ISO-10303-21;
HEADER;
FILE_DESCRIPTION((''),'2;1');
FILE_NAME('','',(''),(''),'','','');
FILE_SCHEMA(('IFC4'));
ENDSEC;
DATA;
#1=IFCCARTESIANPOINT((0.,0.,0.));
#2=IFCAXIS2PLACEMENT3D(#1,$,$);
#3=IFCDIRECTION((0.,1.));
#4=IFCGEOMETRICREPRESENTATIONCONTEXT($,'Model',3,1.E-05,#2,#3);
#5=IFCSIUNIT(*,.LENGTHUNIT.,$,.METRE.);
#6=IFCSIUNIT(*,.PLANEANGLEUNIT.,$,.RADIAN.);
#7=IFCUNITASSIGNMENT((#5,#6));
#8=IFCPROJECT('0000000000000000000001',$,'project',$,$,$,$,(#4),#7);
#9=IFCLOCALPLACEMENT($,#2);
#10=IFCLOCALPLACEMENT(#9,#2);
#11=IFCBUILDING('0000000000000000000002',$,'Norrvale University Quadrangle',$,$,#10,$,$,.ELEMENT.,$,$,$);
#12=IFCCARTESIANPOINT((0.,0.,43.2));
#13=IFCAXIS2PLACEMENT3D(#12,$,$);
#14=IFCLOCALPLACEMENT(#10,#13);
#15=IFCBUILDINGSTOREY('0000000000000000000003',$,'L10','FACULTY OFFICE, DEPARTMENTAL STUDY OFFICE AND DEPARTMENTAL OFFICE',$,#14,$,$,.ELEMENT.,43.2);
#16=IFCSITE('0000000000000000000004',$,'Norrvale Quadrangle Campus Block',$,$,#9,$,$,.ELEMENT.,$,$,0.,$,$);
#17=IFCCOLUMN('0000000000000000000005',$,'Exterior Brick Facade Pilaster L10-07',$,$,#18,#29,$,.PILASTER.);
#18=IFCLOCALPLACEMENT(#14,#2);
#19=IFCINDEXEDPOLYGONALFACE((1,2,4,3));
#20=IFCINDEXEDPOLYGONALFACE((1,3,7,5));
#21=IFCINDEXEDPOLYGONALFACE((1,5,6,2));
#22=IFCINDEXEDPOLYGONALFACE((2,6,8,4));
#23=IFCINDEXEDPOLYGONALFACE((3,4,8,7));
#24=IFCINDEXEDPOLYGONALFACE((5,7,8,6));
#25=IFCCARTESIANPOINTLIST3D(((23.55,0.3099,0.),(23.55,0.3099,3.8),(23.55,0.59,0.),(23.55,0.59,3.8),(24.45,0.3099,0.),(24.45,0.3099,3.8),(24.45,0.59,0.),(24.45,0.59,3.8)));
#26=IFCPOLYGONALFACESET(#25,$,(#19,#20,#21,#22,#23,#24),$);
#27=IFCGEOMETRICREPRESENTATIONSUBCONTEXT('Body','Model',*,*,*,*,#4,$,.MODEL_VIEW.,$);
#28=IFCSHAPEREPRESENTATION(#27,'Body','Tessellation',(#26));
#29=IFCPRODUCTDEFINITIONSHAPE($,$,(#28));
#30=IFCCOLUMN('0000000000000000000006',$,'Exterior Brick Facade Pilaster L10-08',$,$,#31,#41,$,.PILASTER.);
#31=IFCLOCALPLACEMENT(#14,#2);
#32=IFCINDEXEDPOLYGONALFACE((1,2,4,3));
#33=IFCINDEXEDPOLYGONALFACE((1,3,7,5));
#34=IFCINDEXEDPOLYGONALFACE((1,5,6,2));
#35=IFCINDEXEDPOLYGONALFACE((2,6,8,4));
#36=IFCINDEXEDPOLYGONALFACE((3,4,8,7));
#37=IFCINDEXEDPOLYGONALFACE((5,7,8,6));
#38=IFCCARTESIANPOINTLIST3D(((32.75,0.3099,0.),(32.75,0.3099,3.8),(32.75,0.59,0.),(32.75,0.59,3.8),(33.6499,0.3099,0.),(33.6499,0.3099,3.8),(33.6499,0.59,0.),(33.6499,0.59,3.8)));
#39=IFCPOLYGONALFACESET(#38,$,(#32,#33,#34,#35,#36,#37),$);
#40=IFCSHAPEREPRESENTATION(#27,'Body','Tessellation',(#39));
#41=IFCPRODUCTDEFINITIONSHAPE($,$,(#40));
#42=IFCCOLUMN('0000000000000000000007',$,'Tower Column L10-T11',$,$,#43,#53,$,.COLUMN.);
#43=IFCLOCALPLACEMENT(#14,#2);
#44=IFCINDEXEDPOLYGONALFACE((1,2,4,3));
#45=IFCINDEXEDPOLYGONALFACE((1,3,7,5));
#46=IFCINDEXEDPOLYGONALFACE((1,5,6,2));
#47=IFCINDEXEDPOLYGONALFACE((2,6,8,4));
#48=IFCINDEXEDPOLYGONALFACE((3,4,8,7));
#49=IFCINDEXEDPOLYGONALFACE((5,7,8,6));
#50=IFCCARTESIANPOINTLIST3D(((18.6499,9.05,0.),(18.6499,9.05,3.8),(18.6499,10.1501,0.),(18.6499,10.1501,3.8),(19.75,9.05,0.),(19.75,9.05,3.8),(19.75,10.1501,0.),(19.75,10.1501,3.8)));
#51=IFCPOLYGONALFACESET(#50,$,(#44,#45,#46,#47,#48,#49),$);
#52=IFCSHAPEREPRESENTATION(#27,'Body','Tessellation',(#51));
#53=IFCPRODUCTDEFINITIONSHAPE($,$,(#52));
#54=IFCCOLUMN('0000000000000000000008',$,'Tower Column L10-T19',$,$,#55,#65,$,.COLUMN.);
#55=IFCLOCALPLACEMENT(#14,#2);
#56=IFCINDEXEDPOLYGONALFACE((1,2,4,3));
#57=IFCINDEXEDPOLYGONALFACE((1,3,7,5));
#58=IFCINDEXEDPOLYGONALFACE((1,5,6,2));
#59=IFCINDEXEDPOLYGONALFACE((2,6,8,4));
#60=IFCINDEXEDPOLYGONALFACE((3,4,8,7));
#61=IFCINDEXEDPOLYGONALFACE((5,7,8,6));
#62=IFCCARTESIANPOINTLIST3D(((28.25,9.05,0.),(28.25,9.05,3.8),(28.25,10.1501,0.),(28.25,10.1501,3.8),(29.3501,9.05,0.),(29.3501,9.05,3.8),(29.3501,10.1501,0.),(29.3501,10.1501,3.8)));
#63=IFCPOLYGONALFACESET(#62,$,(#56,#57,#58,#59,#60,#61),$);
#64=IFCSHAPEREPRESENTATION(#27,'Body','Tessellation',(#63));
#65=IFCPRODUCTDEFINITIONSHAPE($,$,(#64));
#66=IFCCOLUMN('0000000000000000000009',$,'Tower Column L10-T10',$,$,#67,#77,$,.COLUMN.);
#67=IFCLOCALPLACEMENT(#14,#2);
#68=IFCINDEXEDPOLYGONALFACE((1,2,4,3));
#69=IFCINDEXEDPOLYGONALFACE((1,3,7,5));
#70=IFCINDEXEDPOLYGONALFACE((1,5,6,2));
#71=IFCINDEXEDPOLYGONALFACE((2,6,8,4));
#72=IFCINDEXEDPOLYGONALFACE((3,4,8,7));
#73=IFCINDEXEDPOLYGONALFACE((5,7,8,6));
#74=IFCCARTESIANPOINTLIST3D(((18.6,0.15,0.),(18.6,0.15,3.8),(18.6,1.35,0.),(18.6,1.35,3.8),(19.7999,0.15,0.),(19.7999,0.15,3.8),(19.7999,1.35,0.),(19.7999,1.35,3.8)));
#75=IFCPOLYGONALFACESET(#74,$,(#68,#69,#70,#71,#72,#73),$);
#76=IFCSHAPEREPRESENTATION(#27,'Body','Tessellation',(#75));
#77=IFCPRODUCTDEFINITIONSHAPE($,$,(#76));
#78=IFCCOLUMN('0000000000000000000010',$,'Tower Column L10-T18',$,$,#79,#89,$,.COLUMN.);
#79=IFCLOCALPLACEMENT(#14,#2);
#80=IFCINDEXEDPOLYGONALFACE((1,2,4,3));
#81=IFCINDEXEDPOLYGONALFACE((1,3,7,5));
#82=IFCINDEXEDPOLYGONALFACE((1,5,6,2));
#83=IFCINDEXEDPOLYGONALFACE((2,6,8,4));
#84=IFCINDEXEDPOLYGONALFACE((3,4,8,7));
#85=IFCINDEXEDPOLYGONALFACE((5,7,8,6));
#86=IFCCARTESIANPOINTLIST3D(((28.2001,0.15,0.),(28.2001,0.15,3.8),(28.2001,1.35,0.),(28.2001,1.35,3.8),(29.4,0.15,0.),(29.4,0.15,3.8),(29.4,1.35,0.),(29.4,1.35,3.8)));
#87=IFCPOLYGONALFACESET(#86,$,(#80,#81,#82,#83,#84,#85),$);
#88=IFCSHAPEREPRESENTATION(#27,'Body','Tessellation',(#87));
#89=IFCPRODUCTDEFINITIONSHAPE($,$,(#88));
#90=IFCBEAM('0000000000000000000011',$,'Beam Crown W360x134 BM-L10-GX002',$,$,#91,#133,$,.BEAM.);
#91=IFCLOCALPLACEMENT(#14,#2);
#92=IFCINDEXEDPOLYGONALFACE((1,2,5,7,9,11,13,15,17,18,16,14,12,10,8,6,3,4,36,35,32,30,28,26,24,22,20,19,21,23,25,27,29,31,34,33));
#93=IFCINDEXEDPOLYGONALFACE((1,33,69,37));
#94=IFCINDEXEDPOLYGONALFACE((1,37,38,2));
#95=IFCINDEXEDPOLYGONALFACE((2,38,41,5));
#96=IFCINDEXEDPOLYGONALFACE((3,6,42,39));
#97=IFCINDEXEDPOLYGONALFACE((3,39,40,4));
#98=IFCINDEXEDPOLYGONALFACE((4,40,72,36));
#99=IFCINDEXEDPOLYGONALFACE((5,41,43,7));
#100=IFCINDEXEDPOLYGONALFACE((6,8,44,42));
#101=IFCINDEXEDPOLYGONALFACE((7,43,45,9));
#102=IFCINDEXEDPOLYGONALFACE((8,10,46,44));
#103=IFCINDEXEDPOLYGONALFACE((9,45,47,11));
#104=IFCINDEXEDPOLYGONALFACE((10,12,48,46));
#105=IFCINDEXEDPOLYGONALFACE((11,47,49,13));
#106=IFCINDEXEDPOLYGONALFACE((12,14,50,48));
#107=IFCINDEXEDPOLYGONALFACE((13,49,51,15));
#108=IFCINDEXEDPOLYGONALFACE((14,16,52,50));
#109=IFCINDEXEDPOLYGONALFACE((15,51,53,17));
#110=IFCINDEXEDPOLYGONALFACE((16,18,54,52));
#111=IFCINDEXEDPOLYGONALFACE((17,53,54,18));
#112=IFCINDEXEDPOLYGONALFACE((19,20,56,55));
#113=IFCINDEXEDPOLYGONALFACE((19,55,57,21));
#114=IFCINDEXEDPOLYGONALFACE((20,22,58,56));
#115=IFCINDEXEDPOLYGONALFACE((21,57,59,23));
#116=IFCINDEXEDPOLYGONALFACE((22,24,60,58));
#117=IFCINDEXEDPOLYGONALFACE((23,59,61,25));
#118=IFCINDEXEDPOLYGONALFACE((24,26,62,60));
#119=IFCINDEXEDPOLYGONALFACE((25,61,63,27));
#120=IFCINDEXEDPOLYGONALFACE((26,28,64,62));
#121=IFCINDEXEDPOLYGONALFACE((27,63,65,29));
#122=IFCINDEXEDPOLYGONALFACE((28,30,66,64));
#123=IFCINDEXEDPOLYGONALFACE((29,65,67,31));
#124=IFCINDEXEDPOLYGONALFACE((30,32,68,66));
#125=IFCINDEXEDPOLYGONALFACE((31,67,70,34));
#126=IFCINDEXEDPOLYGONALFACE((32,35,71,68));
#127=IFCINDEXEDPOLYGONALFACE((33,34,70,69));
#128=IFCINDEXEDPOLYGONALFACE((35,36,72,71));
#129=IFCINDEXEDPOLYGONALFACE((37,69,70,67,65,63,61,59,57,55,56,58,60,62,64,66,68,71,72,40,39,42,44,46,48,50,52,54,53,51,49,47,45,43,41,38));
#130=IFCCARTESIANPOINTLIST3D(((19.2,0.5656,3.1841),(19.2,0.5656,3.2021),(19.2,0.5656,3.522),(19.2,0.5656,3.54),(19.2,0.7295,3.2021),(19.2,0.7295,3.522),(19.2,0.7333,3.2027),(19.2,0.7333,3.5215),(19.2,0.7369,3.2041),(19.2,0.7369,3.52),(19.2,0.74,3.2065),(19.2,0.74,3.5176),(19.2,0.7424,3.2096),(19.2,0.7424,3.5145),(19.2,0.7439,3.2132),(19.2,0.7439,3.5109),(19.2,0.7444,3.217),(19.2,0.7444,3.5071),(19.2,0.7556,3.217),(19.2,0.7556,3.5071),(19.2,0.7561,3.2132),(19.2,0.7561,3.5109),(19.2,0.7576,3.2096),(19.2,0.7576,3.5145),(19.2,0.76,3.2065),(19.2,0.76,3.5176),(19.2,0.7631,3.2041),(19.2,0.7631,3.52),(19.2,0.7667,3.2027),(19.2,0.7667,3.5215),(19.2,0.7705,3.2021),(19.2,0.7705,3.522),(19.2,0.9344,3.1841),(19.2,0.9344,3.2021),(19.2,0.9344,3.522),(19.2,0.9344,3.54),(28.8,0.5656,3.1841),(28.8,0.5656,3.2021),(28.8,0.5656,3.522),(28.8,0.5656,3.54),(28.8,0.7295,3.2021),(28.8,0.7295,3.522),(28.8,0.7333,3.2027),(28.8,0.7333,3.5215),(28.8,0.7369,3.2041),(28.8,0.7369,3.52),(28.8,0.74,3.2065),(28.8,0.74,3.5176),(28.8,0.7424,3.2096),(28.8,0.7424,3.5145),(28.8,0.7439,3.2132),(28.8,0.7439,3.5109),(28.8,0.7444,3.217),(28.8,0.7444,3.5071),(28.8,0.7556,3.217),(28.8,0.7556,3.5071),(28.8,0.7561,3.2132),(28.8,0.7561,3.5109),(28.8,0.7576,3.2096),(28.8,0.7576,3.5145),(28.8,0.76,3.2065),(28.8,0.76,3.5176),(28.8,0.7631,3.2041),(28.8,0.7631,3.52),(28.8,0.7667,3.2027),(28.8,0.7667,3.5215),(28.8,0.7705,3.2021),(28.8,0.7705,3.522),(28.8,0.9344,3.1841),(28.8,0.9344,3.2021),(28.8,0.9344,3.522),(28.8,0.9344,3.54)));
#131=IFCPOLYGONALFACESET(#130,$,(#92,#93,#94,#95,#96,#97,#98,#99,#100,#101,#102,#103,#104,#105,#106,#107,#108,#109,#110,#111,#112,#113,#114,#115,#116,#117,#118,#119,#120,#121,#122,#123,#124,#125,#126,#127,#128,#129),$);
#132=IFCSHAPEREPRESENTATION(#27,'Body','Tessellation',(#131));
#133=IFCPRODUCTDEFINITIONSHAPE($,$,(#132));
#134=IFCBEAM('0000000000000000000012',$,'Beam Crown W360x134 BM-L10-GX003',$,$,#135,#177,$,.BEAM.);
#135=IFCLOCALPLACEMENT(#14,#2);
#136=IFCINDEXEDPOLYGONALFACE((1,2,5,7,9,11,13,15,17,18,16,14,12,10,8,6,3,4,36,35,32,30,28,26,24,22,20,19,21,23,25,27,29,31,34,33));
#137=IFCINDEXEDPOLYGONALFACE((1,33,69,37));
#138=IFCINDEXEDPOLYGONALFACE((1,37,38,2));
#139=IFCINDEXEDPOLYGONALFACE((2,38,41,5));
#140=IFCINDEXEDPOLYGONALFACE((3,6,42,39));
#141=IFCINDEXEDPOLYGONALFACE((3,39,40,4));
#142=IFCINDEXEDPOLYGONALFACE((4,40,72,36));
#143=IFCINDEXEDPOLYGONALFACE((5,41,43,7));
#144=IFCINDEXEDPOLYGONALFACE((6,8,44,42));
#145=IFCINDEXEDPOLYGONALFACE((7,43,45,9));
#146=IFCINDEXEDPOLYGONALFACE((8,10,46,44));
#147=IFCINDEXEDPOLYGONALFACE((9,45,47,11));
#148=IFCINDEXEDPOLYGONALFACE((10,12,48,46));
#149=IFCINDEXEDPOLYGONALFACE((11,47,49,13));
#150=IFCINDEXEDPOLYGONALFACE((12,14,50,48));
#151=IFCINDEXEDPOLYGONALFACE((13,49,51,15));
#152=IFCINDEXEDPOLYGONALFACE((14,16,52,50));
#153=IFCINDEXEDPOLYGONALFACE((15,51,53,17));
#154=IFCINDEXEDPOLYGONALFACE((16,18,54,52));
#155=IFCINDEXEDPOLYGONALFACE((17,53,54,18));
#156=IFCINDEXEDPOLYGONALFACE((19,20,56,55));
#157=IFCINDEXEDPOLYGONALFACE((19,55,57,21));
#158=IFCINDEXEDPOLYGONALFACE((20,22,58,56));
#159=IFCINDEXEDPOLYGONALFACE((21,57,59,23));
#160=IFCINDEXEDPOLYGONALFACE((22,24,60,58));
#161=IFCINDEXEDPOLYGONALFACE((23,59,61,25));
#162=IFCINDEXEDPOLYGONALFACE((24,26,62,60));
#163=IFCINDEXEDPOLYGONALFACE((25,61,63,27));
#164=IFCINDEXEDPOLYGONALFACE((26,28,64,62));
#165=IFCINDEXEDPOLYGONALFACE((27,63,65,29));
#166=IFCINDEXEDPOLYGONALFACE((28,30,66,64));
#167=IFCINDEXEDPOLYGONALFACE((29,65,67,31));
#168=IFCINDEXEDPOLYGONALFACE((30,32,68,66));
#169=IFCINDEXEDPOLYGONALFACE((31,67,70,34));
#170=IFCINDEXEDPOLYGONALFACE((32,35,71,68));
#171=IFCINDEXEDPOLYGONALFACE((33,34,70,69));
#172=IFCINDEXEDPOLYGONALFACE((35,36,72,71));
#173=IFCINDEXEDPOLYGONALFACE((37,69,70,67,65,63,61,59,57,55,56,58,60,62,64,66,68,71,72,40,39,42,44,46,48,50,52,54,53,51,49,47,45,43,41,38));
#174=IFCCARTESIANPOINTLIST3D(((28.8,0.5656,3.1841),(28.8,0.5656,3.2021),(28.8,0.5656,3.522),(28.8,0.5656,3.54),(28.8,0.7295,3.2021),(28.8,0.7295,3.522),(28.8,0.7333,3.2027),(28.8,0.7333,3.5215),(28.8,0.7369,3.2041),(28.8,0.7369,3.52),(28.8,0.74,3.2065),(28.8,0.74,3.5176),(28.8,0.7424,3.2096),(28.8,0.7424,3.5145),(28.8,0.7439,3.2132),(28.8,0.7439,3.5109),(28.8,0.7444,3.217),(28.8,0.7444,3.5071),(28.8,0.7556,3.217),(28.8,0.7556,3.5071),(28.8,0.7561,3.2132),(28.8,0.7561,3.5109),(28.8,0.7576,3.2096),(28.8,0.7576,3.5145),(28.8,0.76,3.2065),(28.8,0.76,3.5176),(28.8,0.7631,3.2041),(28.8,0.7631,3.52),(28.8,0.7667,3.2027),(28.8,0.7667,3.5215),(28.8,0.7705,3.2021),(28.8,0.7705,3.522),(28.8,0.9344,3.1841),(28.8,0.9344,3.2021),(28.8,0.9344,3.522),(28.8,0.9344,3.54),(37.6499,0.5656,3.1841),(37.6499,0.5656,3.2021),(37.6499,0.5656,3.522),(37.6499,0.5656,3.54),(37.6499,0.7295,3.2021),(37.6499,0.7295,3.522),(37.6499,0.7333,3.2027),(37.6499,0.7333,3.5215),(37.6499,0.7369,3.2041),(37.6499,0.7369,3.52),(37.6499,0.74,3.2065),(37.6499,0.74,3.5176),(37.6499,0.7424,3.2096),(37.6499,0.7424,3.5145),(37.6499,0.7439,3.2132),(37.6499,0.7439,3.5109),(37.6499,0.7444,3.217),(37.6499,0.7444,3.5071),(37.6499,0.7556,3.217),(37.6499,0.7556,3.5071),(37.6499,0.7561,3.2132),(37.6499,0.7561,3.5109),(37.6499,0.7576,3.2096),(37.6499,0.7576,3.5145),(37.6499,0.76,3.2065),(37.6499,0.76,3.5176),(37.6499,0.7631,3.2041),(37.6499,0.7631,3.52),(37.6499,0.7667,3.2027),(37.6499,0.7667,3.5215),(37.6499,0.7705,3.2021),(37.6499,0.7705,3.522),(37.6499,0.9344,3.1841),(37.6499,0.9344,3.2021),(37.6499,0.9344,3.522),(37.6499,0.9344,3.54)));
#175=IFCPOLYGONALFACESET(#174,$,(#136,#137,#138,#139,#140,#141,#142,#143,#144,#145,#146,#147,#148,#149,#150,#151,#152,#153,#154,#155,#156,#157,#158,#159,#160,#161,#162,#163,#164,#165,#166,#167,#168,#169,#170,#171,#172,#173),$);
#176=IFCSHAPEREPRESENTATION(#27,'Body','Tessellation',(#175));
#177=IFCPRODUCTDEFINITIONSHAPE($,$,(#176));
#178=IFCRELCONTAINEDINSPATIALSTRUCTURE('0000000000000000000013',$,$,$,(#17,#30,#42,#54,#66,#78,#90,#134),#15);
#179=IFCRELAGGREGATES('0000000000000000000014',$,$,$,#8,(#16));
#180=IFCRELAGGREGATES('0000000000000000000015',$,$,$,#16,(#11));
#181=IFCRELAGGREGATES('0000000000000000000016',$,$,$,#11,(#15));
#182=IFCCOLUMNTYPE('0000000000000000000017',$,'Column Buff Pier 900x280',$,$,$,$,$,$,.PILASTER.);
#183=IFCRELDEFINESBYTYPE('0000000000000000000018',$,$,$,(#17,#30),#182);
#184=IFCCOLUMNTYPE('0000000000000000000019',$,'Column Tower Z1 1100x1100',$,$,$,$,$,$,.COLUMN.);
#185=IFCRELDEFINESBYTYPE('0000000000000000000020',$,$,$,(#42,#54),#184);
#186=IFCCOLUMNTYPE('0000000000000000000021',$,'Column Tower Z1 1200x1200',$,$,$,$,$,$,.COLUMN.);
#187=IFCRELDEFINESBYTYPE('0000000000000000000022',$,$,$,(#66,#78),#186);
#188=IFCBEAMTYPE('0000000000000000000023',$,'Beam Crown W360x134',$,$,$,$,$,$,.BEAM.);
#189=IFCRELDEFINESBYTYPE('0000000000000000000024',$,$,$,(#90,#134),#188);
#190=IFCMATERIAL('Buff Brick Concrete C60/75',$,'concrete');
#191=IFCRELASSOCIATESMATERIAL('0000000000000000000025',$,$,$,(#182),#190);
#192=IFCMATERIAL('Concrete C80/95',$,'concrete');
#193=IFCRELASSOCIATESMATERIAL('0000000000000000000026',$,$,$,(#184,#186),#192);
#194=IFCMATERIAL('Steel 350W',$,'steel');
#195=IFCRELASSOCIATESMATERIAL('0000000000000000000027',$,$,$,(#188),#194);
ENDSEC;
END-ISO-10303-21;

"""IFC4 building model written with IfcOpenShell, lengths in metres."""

from ifc_helpers import new_model, si_unit, direction, frame, origin, origin_2d, place, context, subcontext, project, spatial, rectangle, i_section, extrude, material, material_profile, profile_set, type_object, element, save


model = new_model("IFC4")

# Units and contexts
model_context = context("Model", 3, precision=1e-05, world=origin(), true_north=direction((0.0, 1.0)))
body_context = subcontext(model_context, "Body", "Model", "MODEL_VIEW")
ifc_project = project(units=[si_unit("LENGTHUNIT", "METRE"), si_unit("PLANEANGLEUNIT", "RADIAN")], contexts=[model_context])

# Site, building, storey
site_placement = place(None, origin())
site = spatial("IfcSite", under=ifc_project, at=site_placement, Name="Norrvale Quadrangle Campus Block", CompositionType="ELEMENT", RefElevation=0.0)
building_placement = place(site_placement, origin())
building = spatial("IfcBuilding", under=site, at=building_placement, Name="Norrvale University Quadrangle", CompositionType="ELEMENT")
storey_placement = place(building_placement, frame((0.0, 0.0, 43.2)))
storey = spatial("IfcBuildingStorey", under=building, at=storey_placement, Name="L10", Description="FACULTY OFFICE, DEPARTMENTAL STUDY OFFICE AND DEPARTMENTAL OFFICE", CompositionType="ELEMENT", Elevation=43.2)

# Columns
ifc_material_1 = material(Name="Buff Brick Concrete C60/75", Category="concrete")
ifc_material_profile_1 = material_profile(ifc_material_1, rectangle(XDim=0.8999, YDim=0.28, at=origin_2d()), Name="Buff Brick Concrete C60/75")
ifc_profile_set_1 = profile_set([ifc_material_profile_1], Name="Buff Brick Concrete C60/75")
column_type_1 = type_object("IfcColumnType", Name="Column Buff Pier 900x280", PredefinedType="PILASTER", material=ifc_profile_set_1)
for number, where, z_axis, x_axis, name in (
    (1, (24.0, 0.45, 0.0), (0.0, 0.0, 1.0), (1.0, 0.0, 0.0), "Exterior Brick Facade Pilaster L10-07"),
    (2, (33.2, 0.45, 0.0), (0.0, 0.0, 1.0), (1.0, 0.0, 0.0), "Exterior Brick Facade Pilaster L10-08"),
):
    element("IfcColumn", number, at=place(storey_placement, frame(where, z_axis=z_axis, x_axis=x_axis)), inside=storey, type_object=column_type_1, Name=name, PredefinedType="PILASTER", context=body_context, shape_type="SweptSolid", body=[
        extrude(rectangle(XDim=0.8999, YDim=0.28, at=origin_2d()), origin(), (0.0, 0.0, 1.0), 3.8),
    ])
ifc_material_2 = material(Name="Concrete C80/95", Category="concrete")
ifc_material_profile_2 = material_profile(ifc_material_2, rectangle(XDim=1.1001, YDim=1.1001, at=origin_2d()), Name="Concrete C80/95")
ifc_profile_set_2 = profile_set([ifc_material_profile_2], Name="Concrete C80/95")
column_type_2 = type_object("IfcColumnType", Name="Column Tower Z1 1100x1100", PredefinedType="COLUMN", material=ifc_profile_set_2)
for number, where, z_axis, x_axis, name in (
    (3, (19.2, 9.6001, 0.0), (0.0, 0.0, 1.0), (1.0, 0.0, 0.0), "Tower Column L10-T11"),
    (4, (28.8, 9.6001, 0.0), (0.0, 0.0, 1.0), (1.0, 0.0, 0.0), "Tower Column L10-T19"),
):
    element("IfcColumn", number, at=place(storey_placement, frame(where, z_axis=z_axis, x_axis=x_axis)), inside=storey, type_object=column_type_2, Name=name, PredefinedType="COLUMN", context=body_context, shape_type="SweptSolid", body=[
        extrude(rectangle(XDim=1.1001, YDim=1.1001, at=origin_2d()), origin(), (0.0, 0.0, 1.0), 3.8),
    ])
ifc_material_profile_3 = material_profile(ifc_material_2, rectangle(XDim=1.2, YDim=1.2, at=origin_2d()), Name="Concrete C80/95")
ifc_profile_set_3 = profile_set([ifc_material_profile_3], Name="Concrete C80/95")
column_type_3 = type_object("IfcColumnType", Name="Column Tower Z1 1200x1200", PredefinedType="COLUMN", material=ifc_profile_set_3)
for number, where, z_axis, x_axis, name in (
    (5, (19.2, 0.75, 0.0), (0.0, 0.0, 1.0), (1.0, 0.0, 0.0), "Tower Column L10-T10"),
    (6, (28.8, 0.75, 0.0), (0.0, 0.0, 1.0), (1.0, 0.0, 0.0), "Tower Column L10-T18"),
):
    element("IfcColumn", number, at=place(storey_placement, frame(where, z_axis=z_axis, x_axis=x_axis)), inside=storey, type_object=column_type_3, Name=name, PredefinedType="COLUMN", context=body_context, shape_type="SweptSolid", body=[
        extrude(rectangle(XDim=1.2, YDim=1.2, at=origin_2d()), origin(), (0.0, 0.0, 1.0), 3.8),
    ])

# Beams
ifc_material_3 = material(Name="Steel 350W", Category="steel")
ifc_material_profile_4 = material_profile(ifc_material_3, i_section(OverallWidth=0.3689, OverallDepth=0.356, WebThickness=0.0112, FlangeThickness=0.0181, FilletRadius=0.0149, at=origin_2d()), Name="Steel 350W")
ifc_profile_set_4 = profile_set([ifc_material_profile_4], Name="Steel 350W")
beam_type_1 = type_object("IfcBeamType", Name="Beam Crown W360x134", PredefinedType="BEAM", material=ifc_profile_set_4)
beam_1_placement = place(storey_placement, frame((19.2, 0.75, 3.3621), z_axis=(1.0, 0.0, 0.0), x_axis=(0.0, 1.0, 0.0)))
element("IfcBeam", 7, at=beam_1_placement, inside=storey, type_object=beam_type_1, Name="Beam Crown W360x134 BM-L10-GX002", PredefinedType="BEAM", context=body_context, shape_type="SweptSolid", body=[
    extrude(i_section(OverallWidth=0.3689, OverallDepth=0.356, WebThickness=0.0112, FlangeThickness=0.0181, FilletRadius=0.0149, at=origin_2d()), origin(), (0.0, 0.0, 1.0), 9.6001),
])
beam_2_placement = place(storey_placement, frame((28.8, 0.75, 3.3621), z_axis=(1.0, 0.0, 0.0), x_axis=(0.0, 1.0, 0.0)))
element("IfcBeam", 8, at=beam_2_placement, inside=storey, type_object=beam_type_1, Name="Beam Crown W360x134 BM-L10-GX003", PredefinedType="BEAM", context=body_context, shape_type="SweptSolid", body=[
    extrude(i_section(OverallWidth=0.3689, OverallDepth=0.356, WebThickness=0.0112, FlangeThickness=0.0181, FilletRadius=0.0149, at=origin_2d()), origin(), (0.0, 0.0, 1.0), 8.8499),
])

save(model, "model.ifc")
